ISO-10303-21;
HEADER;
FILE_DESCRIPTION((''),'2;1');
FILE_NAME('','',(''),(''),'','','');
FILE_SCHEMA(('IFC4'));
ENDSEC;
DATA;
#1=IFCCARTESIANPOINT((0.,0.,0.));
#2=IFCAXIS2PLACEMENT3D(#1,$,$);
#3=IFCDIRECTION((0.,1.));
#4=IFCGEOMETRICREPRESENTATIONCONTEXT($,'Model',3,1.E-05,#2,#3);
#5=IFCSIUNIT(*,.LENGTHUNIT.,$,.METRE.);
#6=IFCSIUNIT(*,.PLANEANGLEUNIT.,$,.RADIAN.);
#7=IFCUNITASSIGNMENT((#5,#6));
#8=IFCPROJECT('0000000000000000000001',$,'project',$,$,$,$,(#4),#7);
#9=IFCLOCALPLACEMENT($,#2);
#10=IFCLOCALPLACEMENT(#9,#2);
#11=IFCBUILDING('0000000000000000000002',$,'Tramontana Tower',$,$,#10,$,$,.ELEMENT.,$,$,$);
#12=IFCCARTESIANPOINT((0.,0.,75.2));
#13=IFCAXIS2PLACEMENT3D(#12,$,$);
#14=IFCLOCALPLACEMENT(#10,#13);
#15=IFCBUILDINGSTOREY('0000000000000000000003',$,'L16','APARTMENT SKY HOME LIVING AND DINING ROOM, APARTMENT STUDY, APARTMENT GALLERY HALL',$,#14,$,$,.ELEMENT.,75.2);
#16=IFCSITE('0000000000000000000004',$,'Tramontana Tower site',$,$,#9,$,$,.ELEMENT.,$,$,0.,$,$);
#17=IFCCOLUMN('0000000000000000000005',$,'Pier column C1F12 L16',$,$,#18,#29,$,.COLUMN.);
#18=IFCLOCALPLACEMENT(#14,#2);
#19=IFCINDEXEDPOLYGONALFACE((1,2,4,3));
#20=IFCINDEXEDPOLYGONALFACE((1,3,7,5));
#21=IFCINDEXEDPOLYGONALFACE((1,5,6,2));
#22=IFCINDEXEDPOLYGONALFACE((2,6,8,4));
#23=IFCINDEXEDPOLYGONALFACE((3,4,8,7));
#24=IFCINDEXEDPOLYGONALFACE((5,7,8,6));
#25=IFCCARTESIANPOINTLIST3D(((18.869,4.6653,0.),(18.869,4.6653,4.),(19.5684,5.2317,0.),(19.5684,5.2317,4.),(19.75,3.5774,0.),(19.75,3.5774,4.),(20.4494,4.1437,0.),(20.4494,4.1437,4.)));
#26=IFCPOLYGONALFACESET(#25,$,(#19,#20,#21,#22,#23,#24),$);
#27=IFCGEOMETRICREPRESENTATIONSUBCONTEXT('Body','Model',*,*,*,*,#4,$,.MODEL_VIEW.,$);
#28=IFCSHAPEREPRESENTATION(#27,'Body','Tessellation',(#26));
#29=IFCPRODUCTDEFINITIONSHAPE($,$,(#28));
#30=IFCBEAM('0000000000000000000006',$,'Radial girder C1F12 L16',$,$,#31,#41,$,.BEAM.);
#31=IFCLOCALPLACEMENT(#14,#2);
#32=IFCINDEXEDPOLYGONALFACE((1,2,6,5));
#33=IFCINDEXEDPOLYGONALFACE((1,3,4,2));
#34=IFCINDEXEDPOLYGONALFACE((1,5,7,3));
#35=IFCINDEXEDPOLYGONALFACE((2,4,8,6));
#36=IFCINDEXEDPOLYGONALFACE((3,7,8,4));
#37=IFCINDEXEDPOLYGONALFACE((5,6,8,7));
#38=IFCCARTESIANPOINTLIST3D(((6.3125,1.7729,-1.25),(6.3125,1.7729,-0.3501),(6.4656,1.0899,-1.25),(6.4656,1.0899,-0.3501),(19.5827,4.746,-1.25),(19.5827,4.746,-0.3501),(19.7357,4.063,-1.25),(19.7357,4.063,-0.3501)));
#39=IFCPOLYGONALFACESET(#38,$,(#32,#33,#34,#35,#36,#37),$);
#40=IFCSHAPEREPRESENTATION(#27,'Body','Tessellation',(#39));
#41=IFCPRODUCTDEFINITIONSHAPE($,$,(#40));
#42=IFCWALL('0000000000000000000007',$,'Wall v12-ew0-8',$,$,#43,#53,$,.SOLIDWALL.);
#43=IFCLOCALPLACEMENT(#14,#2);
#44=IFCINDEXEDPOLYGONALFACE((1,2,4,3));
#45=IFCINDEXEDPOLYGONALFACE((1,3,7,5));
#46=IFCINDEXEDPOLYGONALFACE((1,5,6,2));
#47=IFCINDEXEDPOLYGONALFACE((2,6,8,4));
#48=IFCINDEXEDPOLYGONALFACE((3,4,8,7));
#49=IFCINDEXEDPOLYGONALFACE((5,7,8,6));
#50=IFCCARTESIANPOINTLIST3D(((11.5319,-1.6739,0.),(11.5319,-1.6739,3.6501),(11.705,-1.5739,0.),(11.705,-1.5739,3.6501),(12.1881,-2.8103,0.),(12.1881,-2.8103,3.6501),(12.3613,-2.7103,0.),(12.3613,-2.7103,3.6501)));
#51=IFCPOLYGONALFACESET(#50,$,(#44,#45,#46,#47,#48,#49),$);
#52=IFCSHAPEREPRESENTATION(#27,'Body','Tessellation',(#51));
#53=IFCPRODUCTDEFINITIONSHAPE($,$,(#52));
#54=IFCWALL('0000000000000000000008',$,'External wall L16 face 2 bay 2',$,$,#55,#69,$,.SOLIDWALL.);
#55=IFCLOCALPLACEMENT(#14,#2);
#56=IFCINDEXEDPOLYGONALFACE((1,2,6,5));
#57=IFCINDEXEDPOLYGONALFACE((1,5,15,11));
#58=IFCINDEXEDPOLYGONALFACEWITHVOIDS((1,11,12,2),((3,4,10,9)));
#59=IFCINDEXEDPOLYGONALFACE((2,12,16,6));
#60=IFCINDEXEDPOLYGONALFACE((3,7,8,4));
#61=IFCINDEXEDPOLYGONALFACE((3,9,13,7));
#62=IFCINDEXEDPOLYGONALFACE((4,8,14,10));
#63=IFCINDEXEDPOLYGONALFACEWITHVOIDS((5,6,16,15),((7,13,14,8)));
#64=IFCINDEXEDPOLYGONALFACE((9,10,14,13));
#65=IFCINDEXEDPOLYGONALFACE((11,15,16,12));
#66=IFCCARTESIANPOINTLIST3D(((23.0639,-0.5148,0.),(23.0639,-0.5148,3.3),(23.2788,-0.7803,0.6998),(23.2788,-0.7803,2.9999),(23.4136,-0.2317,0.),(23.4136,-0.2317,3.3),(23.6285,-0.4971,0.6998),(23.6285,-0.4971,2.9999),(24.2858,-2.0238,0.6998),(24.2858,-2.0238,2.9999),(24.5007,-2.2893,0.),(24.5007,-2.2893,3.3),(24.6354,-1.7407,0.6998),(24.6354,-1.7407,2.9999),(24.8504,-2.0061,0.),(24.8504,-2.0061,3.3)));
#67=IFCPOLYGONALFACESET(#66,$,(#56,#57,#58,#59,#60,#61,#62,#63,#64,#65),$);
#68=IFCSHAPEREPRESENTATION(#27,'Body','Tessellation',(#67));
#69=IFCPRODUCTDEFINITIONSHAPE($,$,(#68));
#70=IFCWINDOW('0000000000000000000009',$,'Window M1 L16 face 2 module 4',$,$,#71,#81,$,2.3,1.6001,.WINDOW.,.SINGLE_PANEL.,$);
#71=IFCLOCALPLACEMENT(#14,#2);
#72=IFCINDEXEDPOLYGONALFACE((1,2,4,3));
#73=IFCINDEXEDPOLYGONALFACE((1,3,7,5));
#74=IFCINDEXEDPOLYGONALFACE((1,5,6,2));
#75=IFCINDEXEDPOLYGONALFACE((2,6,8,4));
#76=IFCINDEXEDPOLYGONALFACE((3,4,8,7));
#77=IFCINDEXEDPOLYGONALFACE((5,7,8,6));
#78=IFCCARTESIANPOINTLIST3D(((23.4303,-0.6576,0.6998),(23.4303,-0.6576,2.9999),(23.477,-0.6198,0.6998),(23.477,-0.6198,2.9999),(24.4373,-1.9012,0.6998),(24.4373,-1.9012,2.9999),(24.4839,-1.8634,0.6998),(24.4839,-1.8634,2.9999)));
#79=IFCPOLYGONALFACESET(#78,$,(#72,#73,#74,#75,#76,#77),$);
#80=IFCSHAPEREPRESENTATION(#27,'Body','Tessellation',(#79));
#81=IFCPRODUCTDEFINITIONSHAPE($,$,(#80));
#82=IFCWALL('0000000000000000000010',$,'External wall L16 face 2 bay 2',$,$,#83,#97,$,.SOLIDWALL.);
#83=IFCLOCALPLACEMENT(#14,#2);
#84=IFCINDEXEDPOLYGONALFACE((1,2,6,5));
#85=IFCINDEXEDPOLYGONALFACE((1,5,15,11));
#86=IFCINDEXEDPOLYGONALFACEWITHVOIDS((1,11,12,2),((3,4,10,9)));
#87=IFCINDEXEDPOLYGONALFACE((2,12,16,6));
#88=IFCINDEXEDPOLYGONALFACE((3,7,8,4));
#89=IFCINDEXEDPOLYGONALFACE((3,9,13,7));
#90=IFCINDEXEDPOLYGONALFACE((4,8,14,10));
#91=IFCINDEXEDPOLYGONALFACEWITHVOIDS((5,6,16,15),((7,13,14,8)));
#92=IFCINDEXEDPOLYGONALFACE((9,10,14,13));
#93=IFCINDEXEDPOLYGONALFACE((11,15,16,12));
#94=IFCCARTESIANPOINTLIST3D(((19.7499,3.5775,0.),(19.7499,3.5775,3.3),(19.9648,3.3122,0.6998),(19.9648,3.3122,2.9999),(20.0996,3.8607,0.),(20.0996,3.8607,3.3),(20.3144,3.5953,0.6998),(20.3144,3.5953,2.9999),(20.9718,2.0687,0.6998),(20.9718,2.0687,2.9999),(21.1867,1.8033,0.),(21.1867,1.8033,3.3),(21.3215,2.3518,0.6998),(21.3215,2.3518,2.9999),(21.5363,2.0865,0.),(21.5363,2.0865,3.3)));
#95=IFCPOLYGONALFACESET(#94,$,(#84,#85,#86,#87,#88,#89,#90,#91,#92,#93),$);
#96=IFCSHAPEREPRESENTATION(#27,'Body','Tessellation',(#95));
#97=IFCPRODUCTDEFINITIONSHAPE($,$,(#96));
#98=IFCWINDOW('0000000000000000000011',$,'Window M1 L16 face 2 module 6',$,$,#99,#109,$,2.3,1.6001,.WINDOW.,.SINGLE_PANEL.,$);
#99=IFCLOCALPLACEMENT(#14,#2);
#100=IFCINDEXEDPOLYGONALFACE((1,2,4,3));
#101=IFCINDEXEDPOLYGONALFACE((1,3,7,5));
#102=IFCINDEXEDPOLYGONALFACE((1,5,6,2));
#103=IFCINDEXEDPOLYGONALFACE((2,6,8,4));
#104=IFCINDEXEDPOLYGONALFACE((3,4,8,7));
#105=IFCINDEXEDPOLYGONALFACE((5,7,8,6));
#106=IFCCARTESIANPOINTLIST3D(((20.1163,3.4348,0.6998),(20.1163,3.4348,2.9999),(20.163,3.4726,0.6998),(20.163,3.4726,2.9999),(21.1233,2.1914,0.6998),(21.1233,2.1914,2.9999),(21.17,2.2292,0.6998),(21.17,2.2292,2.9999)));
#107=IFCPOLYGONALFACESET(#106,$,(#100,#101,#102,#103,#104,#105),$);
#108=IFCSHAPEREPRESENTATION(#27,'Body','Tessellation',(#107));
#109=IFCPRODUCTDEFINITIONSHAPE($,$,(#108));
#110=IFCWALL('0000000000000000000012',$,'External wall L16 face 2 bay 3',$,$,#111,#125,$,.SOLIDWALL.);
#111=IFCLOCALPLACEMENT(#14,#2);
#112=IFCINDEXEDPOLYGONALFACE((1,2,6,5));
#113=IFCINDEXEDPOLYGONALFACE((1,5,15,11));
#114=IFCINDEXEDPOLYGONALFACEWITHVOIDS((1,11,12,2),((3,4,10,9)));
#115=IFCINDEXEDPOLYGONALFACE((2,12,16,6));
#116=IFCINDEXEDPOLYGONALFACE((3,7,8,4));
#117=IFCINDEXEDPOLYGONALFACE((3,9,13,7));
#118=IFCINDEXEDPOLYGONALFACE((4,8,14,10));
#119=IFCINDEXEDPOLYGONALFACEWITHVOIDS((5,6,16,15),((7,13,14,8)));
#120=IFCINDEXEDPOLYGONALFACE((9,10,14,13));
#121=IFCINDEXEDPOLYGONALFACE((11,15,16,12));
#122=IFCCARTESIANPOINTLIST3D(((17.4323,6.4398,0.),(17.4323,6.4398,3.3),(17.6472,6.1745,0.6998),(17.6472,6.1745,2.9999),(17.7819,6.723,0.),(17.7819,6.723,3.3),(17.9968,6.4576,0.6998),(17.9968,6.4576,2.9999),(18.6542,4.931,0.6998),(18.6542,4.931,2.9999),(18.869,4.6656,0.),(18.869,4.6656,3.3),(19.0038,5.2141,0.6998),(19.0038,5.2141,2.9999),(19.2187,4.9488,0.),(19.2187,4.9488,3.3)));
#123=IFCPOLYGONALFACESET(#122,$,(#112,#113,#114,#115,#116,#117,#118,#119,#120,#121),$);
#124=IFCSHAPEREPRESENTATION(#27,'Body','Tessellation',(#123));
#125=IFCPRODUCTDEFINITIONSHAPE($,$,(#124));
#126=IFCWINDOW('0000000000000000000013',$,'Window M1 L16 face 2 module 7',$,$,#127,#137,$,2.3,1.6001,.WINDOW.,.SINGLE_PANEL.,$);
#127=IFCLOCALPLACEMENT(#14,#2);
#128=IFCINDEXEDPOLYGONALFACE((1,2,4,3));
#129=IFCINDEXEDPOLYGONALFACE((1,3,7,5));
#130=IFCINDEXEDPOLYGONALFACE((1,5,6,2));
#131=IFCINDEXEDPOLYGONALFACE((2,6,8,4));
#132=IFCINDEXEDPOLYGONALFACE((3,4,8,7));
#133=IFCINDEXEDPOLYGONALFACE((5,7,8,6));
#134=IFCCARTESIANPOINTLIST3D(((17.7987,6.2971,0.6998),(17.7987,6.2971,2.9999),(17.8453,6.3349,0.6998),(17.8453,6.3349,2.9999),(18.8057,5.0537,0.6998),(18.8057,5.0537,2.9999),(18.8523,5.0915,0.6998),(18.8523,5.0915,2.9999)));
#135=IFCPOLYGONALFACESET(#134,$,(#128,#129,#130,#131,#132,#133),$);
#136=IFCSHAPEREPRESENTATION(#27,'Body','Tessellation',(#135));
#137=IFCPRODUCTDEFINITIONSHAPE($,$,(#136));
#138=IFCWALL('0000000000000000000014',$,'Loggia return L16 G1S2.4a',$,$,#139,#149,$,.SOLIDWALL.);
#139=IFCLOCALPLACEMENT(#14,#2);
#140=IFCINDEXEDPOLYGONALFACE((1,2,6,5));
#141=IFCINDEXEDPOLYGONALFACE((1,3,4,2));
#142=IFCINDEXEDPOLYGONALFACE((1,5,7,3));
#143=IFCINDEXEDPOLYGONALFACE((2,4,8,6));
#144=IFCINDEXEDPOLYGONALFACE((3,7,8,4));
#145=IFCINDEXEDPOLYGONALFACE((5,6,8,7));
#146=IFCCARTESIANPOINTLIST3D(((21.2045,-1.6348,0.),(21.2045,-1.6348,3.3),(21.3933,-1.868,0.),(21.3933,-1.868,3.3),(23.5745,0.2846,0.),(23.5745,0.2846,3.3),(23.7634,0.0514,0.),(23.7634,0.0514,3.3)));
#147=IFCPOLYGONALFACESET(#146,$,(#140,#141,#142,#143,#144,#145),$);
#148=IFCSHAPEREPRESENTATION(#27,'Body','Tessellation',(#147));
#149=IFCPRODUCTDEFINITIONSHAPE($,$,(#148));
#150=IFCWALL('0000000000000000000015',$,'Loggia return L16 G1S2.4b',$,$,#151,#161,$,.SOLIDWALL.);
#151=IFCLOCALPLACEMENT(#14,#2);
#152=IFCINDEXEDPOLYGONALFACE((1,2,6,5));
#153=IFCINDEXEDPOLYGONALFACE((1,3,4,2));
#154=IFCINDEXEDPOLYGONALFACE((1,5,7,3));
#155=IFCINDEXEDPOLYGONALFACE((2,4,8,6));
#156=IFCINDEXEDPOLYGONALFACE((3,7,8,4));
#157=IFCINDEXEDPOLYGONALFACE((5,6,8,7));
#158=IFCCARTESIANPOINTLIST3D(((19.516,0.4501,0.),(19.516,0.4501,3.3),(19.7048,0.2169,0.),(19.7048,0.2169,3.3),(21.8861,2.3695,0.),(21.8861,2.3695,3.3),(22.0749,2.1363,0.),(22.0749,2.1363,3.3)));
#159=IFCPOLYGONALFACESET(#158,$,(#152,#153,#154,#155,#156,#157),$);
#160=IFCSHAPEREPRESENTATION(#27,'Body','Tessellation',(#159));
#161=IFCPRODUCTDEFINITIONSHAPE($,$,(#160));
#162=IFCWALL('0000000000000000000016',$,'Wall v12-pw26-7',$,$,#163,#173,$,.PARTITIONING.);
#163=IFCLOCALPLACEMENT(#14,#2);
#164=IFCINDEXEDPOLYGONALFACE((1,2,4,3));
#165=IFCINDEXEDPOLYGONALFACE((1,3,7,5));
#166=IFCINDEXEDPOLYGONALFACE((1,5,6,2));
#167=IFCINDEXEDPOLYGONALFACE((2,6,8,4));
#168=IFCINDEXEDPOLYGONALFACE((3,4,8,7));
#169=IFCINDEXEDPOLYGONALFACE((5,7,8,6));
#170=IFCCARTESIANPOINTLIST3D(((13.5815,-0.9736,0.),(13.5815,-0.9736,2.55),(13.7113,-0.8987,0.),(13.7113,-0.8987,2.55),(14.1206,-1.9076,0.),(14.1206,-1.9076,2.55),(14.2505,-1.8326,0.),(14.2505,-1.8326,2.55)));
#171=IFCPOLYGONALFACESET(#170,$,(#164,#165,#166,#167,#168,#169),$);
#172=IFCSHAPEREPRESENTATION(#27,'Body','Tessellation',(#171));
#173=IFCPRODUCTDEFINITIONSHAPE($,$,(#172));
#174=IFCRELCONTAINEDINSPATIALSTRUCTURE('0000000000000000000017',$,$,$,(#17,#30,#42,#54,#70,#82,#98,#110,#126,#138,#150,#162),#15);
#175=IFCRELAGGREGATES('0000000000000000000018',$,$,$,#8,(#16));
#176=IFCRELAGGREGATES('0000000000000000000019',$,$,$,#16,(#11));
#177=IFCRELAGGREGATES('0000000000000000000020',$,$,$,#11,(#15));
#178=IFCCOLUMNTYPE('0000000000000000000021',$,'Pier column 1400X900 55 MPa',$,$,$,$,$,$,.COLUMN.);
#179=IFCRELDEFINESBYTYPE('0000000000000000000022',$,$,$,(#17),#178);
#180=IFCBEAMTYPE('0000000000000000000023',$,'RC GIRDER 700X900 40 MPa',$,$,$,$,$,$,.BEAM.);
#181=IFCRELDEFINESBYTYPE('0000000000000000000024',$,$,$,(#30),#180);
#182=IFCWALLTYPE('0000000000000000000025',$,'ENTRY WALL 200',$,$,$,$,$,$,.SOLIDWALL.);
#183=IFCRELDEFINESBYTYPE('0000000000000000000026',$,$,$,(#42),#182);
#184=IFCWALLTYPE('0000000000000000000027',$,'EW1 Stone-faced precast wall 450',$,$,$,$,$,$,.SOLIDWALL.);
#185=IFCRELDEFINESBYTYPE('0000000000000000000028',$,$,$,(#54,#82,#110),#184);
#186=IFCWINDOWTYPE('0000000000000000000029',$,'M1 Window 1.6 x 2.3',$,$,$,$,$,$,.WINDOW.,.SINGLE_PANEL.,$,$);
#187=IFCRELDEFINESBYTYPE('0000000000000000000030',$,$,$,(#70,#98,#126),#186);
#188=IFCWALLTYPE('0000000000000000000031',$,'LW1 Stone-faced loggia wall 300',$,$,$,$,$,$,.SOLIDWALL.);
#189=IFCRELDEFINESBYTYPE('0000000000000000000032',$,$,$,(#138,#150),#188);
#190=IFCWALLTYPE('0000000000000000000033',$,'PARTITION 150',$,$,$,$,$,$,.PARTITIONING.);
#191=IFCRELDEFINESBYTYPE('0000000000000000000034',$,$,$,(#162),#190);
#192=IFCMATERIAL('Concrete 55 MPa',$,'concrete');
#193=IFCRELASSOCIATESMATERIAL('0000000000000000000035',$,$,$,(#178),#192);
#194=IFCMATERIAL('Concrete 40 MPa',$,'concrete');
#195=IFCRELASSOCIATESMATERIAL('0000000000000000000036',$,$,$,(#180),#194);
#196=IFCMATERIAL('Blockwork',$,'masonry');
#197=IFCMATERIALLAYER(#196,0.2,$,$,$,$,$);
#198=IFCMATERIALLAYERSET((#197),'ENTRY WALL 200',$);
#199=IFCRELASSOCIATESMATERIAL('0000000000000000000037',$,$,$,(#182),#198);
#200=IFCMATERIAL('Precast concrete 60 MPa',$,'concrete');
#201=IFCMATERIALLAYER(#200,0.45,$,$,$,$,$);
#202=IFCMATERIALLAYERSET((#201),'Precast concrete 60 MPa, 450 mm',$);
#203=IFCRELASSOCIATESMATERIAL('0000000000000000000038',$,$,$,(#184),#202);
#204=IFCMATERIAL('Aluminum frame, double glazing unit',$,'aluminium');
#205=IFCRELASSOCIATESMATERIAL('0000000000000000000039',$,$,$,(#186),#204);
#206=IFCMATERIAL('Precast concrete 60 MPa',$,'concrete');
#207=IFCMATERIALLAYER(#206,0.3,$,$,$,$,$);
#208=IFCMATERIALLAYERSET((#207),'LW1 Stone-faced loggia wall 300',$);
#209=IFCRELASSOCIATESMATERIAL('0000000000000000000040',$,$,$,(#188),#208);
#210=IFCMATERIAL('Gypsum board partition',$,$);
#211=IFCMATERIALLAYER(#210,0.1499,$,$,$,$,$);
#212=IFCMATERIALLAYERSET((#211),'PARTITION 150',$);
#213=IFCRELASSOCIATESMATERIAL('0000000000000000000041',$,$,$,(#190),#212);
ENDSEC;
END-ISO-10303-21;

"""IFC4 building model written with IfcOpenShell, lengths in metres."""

from ifc_helpers import new_model, si_unit, direction, frame, frame_2d, origin, origin_2d, place, context, subcontext, project, spatial, rectangle, extrude, material, layer, layer_set, material_profile, profile_set, type_object, element, fill, save


model = new_model("IFC4")

# Units and contexts
model_context = context("Model", 3, precision=1e-05, world=origin(), true_north=direction((0.0, 1.0)))
body_context = subcontext(model_context, "Body", "Model", "MODEL_VIEW")
ifc_project = project(units=[si_unit("LENGTHUNIT", "METRE"), si_unit("PLANEANGLEUNIT", "RADIAN")], contexts=[model_context])

# Site, building, storey
site_placement = place(None, origin())
site = spatial("IfcSite", under=ifc_project, at=site_placement, Name="Tramontana Tower site", CompositionType="ELEMENT", RefElevation=0.0)
building_placement = place(site_placement, origin())
building = spatial("IfcBuilding", under=site, at=building_placement, Name="Tramontana Tower", CompositionType="ELEMENT")
storey_placement = place(building_placement, frame((0.0, 0.0, 75.2)))
storey = spatial("IfcBuildingStorey", under=building, at=storey_placement, Name="L16", Description="APARTMENT SKY HOME LIVING AND DINING ROOM, APARTMENT STUDY, APARTMENT GALLERY HALL", CompositionType="ELEMENT", Elevation=75.2)

# Column
ifc_material_1 = material(Name="Concrete 55 MPa", Category="concrete")
ifc_material_profile_1 = material_profile(ifc_material_1, rectangle(XDim=1.3999, YDim=0.8999, at=origin_2d()), Name="Pier column 1400X900 55 MPa")
ifc_profile_set_1 = profile_set([ifc_material_profile_1], Name="Concrete 55 MPa")
column_type = type_object("IfcColumnType", Name="Pier column 1400X900 55 MPa", PredefinedType="COLUMN", material=ifc_profile_set_1)
column_placement = place(storey_placement, frame((19.6592, 4.4045, 0.0), z_axis=(0.0, 0.0, 1.0), x_axis=(-0.62932, 0.777146, 0.0)))
element("IfcColumn", 1, at=column_placement, inside=storey, type_object=column_type, Name="Pier column C1F12 L16", PredefinedType="COLUMN", context=body_context, shape_type="SweptSolid", body=[
    extrude(rectangle(XDim=1.3999, YDim=0.8999, at=origin_2d()), origin(), (0.0, 0.0, 1.0), 4.0),
])

# Beam
ifc_material_2 = material(Name="Concrete 40 MPa", Category="concrete")
ifc_material_profile_2 = material_profile(ifc_material_2, rectangle(XDim=0.7, YDim=0.8999, at=origin_2d()), Name="RC GIRDER 700X900 40 MPa")
ifc_profile_set_2 = profile_set([ifc_material_profile_2], Name="Concrete 40 MPa")
beam_type = type_object("IfcBeamType", Name="RC GIRDER 700X900 40 MPa", PredefinedType="BEAM", material=ifc_profile_set_2)
beam_placement = place(storey_placement, frame((19.6592, 4.4045, -0.8), z_axis=(-0.975808, -0.21863, 0.0), x_axis=(0.21863, -0.975808, 0.0)))
element("IfcBeam", 2, at=beam_placement, inside=storey, type_object=beam_type, Name="Radial girder C1F12 L16", PredefinedType="BEAM", context=body_context, shape_type="SweptSolid", body=[
    extrude(rectangle(XDim=0.7, YDim=0.8999, at=origin_2d()), origin(), (0.0, 0.0, 1.0), 13.5991),
])

# Wall
ifc_material_3 = material(Name="Blockwork", Category="masonry")
ifc_layer_1 = layer(ifc_material_3, 0.2)
ifc_layer_set_1 = layer_set([ifc_layer_1], Name="ENTRY WALL 200")
wall_type_1 = type_object("IfcWallType", Name="ENTRY WALL 200", PredefinedType="SOLIDWALL", material=ifc_layer_set_1)
wall_1_placement = place(storey_placement, frame((11.6184, -1.6238, 0.0), z_axis=(0.0, 0.0, 1.0), x_axis=(0.500061, -0.86599, 0.0)))
element("IfcWall", 3, at=wall_1_placement, inside=storey, type_object=wall_type_1, Name="Wall v12-ew0-8", PredefinedType="SOLIDWALL", context=body_context, shape_type="SweptSolid", body=[
    extrude(rectangle(XDim=1.3123, YDim=0.2, at=frame_2d((0.6562, 0.0))), origin(), (0.0, 0.0, 1.0), 3.6501),
])

# Walls, openings, windows
ifc_material_4 = material(Name="Precast concrete 60 MPa", Category="concrete")
ifc_layer_2 = layer(ifc_material_4, 0.45)
ifc_layer_set_2 = layer_set([ifc_layer_2], Name="Precast concrete 60 MPa, 450 mm")
wall_type_2 = type_object("IfcWallType", Name="EW1 Stone-faced precast wall 450", PredefinedType="SOLIDWALL", material=ifc_layer_set_2)
wall_2_placement = place(storey_placement, frame((24.6755, -2.1477, 0.0), z_axis=(0.0, 0.0, 1.0), x_axis=(-0.629287, 0.777173, 0.0)))
wall_2 = element("IfcWall", 4, at=wall_2_placement, inside=storey, type_object=wall_type_2, Name="External wall L16 face 2 bay 2", PredefinedType="SOLIDWALL", context=body_context, shape_type="SweptSolid", body=[
    extrude(rectangle(XDim=2.2832, YDim=0.45, at=frame_2d((1.1416, 0.0))), origin(), (0.0, 0.0, 1.0), 3.3),
])
opening_1_placement = place(wall_2_placement, frame((0.3416, 0.0, 0.7)))
opening_1 = element("IfcOpeningElement", 5, at=opening_1_placement, cuts=wall_2, PredefinedType="OPENING", context=body_context, shape_type="SweptSolid", body=[
    extrude(rectangle(XDim=1.6001, YDim=2.3, at=frame_2d((0.8, 1.1499))), frame((0.0, 0.2349, 0.0), z_axis=(0.0, -1.0, 0.0), x_axis=(1.0, 0.0, 0.0)), (0.0, 0.0, 1.0), 0.47),
])
ifc_material_5 = material(Name="Aluminum frame, double glazing unit", Category="aluminium")
window_type = type_object("IfcWindowType", Name="M1 Window 1.6 x 2.3", PartitioningType="SINGLE_PANEL", PredefinedType="WINDOW", material=ifc_material_5)
window_1_placement = place(opening_1_placement, origin())
window_1 = element("IfcWindow", 6, at=window_1_placement, inside=storey, type_object=window_type, Name="Window M1 L16 face 2 module 4", OverallHeight=2.3, OverallWidth=1.6001, PartitioningType="SINGLE_PANEL", PredefinedType="WINDOW", context=body_context, shape_type="SweptSolid", body=[
    extrude(rectangle(XDim=1.6001, YDim=2.3, at=frame_2d((0.8, 1.1499))), frame((0.0, 0.03, 0.0), z_axis=(0.0, -1.0, 0.0), x_axis=(1.0, 0.0, 0.0)), (0.0, 0.0, 1.0), 0.0601),
])
fill(opening_1, window_1)
wall_3_placement = place(storey_placement, frame((21.3616, 1.9448, 0.0), z_axis=(0.0, 0.0, 1.0), x_axis=(-0.62934, 0.77713, 0.0)))
wall_3 = element("IfcWall", 7, at=wall_3_placement, inside=storey, type_object=wall_type_2, Name="External wall L16 face 2 bay 2", PredefinedType="SOLIDWALL", context=body_context, shape_type="SweptSolid", body=[
    extrude(rectangle(XDim=2.283, YDim=0.45, at=frame_2d((1.1416, 0.0))), origin(), (0.0, 0.0, 1.0), 3.3),
])
opening_2_placement = place(wall_3_placement, frame((0.3416, 0.0, 0.7)))
opening_2 = element("IfcOpeningElement", 8, at=opening_2_placement, cuts=wall_3, PredefinedType="OPENING", context=body_context, shape_type="SweptSolid", body=[
    extrude(rectangle(XDim=1.6001, YDim=2.3, at=frame_2d((0.8, 1.1499))), frame((0.0, 0.2349, 0.0), z_axis=(0.0, -1.0, 0.0), x_axis=(1.0, 0.0, 0.0)), (0.0, 0.0, 1.0), 0.47),
])
window_2_placement = place(opening_2_placement, origin())
window_2 = element("IfcWindow", 9, at=window_2_placement, inside=storey, type_object=window_type, Name="Window M1 L16 face 2 module 6", OverallHeight=2.3, OverallWidth=1.6001, PartitioningType="SINGLE_PANEL", PredefinedType="WINDOW", context=body_context, shape_type="SweptSolid", body=[
    extrude(rectangle(XDim=1.6001, YDim=2.3, at=frame_2d((0.8, 1.1499))), frame((0.0, 0.03, 0.0), z_axis=(0.0, -1.0, 0.0), x_axis=(1.0, 0.0, 0.0)), (0.0, 0.0, 1.0), 0.0601),
])
fill(opening_2, window_2)
wall_4_placement = place(storey_placement, frame((19.0439, 4.8071, 0.0), z_axis=(0.0, 0.0, 1.0), x_axis=(-0.62934, 0.77713, 0.0)))
wall_4 = element("IfcWall", 10, at=wall_4_placement, inside=storey, type_object=wall_type_2, Name="External wall L16 face 2 bay 3", PredefinedType="SOLIDWALL", context=body_context, shape_type="SweptSolid", body=[
    extrude(rectangle(XDim=2.283, YDim=0.45, at=frame_2d((1.1416, 0.0))), origin(), (0.0, 0.0, 1.0), 3.3),
])
opening_3_placement = place(wall_4_placement, frame((0.3416, 0.0, 0.7)))
opening_3 = element("IfcOpeningElement", 11, at=opening_3_placement, cuts=wall_4, PredefinedType="OPENING", context=body_context, shape_type="SweptSolid", body=[
    extrude(rectangle(XDim=1.6001, YDim=2.3, at=frame_2d((0.8, 1.1499))), frame((0.0, 0.2349, 0.0), z_axis=(0.0, -1.0, 0.0), x_axis=(1.0, 0.0, 0.0)), (0.0, 0.0, 1.0), 0.47),
])
window_3_placement = place(opening_3_placement, origin())
window_3 = element("IfcWindow", 12, at=window_3_placement, inside=storey, type_object=window_type, Name="Window M1 L16 face 2 module 7", OverallHeight=2.3, OverallWidth=1.6001, PartitioningType="SINGLE_PANEL", PredefinedType="WINDOW", context=body_context, shape_type="SweptSolid", body=[
    extrude(rectangle(XDim=1.6001, YDim=2.3, at=frame_2d((0.8, 1.1499))), frame((0.0, 0.03, 0.0), z_axis=(0.0, -1.0, 0.0), x_axis=(1.0, 0.0, 0.0)), (0.0, 0.0, 1.0), 0.0601),
])
fill(opening_3, window_3)

# Shared definitions
ifc_material_6 = material(Name="Precast concrete 60 MPa", Category="concrete")
ifc_layer_3 = layer(ifc_material_6, 0.3)
ifc_layer_set_3 = layer_set([ifc_layer_3], Name="LW1 Stone-faced loggia wall 300")
wall_type_3 = type_object("IfcWallType", Name="LW1 Stone-faced loggia wall 300", PredefinedType="SOLIDWALL", material=ifc_layer_set_3)

# Walls
for number, where, z_axis, x_axis, name in (
    (13, (23.6689, 0.168, 0.0), (0.0, 0.0, 1.0), (-0.777122, -0.62935, 0.0), "Loggia return L16 G1S2.4a"),
    (14, (21.9805, 2.2529, 0.0), (0.0, 0.0, 1.0), (-0.777122, -0.62935, 0.0), "Loggia return L16 G1S2.4b"),
):
    element("IfcWall", number, at=place(storey_placement, frame(where, z_axis=z_axis, x_axis=x_axis)), inside=storey, type_object=wall_type_3, Name=name, PredefinedType="SOLIDWALL", context=body_context, shape_type="SweptSolid", body=[
        extrude(rectangle(XDim=3.0498, YDim=0.3, at=frame_2d((1.5249, 0.0))), origin(), (0.0, 0.0, 1.0), 3.3),
    ])

# Shared definitions
ifc_material_7 = material(Name="Gypsum board partition")
ifc_layer_4 = layer(ifc_material_7, 0.1499)
ifc_layer_set_4 = layer_set([ifc_layer_4], Name="PARTITION 150")
wall_type_4 = type_object("IfcWallType", Name="PARTITION 150", PredefinedType="PARTITIONING", material=ifc_layer_set_4)

# Wall
wall_5_placement = place(storey_placement, frame((13.6465, -0.9363, 0.0), z_axis=(0.0, 0.0, 1.0), x_axis=(0.499938, -0.866061, 0.0)))
element("IfcWall", 15, at=wall_5_placement, inside=storey, type_object=wall_type_4, Name="Wall v12-pw26-7", PredefinedType="PARTITIONING", context=body_context, shape_type="SweptSolid", body=[
    extrude(rectangle(XDim=1.0784, YDim=0.1499, at=frame_2d((0.5391, 0.0))), origin(), (0.0, 0.0, 1.0), 2.55),
])

save(model, "model.ifc")
